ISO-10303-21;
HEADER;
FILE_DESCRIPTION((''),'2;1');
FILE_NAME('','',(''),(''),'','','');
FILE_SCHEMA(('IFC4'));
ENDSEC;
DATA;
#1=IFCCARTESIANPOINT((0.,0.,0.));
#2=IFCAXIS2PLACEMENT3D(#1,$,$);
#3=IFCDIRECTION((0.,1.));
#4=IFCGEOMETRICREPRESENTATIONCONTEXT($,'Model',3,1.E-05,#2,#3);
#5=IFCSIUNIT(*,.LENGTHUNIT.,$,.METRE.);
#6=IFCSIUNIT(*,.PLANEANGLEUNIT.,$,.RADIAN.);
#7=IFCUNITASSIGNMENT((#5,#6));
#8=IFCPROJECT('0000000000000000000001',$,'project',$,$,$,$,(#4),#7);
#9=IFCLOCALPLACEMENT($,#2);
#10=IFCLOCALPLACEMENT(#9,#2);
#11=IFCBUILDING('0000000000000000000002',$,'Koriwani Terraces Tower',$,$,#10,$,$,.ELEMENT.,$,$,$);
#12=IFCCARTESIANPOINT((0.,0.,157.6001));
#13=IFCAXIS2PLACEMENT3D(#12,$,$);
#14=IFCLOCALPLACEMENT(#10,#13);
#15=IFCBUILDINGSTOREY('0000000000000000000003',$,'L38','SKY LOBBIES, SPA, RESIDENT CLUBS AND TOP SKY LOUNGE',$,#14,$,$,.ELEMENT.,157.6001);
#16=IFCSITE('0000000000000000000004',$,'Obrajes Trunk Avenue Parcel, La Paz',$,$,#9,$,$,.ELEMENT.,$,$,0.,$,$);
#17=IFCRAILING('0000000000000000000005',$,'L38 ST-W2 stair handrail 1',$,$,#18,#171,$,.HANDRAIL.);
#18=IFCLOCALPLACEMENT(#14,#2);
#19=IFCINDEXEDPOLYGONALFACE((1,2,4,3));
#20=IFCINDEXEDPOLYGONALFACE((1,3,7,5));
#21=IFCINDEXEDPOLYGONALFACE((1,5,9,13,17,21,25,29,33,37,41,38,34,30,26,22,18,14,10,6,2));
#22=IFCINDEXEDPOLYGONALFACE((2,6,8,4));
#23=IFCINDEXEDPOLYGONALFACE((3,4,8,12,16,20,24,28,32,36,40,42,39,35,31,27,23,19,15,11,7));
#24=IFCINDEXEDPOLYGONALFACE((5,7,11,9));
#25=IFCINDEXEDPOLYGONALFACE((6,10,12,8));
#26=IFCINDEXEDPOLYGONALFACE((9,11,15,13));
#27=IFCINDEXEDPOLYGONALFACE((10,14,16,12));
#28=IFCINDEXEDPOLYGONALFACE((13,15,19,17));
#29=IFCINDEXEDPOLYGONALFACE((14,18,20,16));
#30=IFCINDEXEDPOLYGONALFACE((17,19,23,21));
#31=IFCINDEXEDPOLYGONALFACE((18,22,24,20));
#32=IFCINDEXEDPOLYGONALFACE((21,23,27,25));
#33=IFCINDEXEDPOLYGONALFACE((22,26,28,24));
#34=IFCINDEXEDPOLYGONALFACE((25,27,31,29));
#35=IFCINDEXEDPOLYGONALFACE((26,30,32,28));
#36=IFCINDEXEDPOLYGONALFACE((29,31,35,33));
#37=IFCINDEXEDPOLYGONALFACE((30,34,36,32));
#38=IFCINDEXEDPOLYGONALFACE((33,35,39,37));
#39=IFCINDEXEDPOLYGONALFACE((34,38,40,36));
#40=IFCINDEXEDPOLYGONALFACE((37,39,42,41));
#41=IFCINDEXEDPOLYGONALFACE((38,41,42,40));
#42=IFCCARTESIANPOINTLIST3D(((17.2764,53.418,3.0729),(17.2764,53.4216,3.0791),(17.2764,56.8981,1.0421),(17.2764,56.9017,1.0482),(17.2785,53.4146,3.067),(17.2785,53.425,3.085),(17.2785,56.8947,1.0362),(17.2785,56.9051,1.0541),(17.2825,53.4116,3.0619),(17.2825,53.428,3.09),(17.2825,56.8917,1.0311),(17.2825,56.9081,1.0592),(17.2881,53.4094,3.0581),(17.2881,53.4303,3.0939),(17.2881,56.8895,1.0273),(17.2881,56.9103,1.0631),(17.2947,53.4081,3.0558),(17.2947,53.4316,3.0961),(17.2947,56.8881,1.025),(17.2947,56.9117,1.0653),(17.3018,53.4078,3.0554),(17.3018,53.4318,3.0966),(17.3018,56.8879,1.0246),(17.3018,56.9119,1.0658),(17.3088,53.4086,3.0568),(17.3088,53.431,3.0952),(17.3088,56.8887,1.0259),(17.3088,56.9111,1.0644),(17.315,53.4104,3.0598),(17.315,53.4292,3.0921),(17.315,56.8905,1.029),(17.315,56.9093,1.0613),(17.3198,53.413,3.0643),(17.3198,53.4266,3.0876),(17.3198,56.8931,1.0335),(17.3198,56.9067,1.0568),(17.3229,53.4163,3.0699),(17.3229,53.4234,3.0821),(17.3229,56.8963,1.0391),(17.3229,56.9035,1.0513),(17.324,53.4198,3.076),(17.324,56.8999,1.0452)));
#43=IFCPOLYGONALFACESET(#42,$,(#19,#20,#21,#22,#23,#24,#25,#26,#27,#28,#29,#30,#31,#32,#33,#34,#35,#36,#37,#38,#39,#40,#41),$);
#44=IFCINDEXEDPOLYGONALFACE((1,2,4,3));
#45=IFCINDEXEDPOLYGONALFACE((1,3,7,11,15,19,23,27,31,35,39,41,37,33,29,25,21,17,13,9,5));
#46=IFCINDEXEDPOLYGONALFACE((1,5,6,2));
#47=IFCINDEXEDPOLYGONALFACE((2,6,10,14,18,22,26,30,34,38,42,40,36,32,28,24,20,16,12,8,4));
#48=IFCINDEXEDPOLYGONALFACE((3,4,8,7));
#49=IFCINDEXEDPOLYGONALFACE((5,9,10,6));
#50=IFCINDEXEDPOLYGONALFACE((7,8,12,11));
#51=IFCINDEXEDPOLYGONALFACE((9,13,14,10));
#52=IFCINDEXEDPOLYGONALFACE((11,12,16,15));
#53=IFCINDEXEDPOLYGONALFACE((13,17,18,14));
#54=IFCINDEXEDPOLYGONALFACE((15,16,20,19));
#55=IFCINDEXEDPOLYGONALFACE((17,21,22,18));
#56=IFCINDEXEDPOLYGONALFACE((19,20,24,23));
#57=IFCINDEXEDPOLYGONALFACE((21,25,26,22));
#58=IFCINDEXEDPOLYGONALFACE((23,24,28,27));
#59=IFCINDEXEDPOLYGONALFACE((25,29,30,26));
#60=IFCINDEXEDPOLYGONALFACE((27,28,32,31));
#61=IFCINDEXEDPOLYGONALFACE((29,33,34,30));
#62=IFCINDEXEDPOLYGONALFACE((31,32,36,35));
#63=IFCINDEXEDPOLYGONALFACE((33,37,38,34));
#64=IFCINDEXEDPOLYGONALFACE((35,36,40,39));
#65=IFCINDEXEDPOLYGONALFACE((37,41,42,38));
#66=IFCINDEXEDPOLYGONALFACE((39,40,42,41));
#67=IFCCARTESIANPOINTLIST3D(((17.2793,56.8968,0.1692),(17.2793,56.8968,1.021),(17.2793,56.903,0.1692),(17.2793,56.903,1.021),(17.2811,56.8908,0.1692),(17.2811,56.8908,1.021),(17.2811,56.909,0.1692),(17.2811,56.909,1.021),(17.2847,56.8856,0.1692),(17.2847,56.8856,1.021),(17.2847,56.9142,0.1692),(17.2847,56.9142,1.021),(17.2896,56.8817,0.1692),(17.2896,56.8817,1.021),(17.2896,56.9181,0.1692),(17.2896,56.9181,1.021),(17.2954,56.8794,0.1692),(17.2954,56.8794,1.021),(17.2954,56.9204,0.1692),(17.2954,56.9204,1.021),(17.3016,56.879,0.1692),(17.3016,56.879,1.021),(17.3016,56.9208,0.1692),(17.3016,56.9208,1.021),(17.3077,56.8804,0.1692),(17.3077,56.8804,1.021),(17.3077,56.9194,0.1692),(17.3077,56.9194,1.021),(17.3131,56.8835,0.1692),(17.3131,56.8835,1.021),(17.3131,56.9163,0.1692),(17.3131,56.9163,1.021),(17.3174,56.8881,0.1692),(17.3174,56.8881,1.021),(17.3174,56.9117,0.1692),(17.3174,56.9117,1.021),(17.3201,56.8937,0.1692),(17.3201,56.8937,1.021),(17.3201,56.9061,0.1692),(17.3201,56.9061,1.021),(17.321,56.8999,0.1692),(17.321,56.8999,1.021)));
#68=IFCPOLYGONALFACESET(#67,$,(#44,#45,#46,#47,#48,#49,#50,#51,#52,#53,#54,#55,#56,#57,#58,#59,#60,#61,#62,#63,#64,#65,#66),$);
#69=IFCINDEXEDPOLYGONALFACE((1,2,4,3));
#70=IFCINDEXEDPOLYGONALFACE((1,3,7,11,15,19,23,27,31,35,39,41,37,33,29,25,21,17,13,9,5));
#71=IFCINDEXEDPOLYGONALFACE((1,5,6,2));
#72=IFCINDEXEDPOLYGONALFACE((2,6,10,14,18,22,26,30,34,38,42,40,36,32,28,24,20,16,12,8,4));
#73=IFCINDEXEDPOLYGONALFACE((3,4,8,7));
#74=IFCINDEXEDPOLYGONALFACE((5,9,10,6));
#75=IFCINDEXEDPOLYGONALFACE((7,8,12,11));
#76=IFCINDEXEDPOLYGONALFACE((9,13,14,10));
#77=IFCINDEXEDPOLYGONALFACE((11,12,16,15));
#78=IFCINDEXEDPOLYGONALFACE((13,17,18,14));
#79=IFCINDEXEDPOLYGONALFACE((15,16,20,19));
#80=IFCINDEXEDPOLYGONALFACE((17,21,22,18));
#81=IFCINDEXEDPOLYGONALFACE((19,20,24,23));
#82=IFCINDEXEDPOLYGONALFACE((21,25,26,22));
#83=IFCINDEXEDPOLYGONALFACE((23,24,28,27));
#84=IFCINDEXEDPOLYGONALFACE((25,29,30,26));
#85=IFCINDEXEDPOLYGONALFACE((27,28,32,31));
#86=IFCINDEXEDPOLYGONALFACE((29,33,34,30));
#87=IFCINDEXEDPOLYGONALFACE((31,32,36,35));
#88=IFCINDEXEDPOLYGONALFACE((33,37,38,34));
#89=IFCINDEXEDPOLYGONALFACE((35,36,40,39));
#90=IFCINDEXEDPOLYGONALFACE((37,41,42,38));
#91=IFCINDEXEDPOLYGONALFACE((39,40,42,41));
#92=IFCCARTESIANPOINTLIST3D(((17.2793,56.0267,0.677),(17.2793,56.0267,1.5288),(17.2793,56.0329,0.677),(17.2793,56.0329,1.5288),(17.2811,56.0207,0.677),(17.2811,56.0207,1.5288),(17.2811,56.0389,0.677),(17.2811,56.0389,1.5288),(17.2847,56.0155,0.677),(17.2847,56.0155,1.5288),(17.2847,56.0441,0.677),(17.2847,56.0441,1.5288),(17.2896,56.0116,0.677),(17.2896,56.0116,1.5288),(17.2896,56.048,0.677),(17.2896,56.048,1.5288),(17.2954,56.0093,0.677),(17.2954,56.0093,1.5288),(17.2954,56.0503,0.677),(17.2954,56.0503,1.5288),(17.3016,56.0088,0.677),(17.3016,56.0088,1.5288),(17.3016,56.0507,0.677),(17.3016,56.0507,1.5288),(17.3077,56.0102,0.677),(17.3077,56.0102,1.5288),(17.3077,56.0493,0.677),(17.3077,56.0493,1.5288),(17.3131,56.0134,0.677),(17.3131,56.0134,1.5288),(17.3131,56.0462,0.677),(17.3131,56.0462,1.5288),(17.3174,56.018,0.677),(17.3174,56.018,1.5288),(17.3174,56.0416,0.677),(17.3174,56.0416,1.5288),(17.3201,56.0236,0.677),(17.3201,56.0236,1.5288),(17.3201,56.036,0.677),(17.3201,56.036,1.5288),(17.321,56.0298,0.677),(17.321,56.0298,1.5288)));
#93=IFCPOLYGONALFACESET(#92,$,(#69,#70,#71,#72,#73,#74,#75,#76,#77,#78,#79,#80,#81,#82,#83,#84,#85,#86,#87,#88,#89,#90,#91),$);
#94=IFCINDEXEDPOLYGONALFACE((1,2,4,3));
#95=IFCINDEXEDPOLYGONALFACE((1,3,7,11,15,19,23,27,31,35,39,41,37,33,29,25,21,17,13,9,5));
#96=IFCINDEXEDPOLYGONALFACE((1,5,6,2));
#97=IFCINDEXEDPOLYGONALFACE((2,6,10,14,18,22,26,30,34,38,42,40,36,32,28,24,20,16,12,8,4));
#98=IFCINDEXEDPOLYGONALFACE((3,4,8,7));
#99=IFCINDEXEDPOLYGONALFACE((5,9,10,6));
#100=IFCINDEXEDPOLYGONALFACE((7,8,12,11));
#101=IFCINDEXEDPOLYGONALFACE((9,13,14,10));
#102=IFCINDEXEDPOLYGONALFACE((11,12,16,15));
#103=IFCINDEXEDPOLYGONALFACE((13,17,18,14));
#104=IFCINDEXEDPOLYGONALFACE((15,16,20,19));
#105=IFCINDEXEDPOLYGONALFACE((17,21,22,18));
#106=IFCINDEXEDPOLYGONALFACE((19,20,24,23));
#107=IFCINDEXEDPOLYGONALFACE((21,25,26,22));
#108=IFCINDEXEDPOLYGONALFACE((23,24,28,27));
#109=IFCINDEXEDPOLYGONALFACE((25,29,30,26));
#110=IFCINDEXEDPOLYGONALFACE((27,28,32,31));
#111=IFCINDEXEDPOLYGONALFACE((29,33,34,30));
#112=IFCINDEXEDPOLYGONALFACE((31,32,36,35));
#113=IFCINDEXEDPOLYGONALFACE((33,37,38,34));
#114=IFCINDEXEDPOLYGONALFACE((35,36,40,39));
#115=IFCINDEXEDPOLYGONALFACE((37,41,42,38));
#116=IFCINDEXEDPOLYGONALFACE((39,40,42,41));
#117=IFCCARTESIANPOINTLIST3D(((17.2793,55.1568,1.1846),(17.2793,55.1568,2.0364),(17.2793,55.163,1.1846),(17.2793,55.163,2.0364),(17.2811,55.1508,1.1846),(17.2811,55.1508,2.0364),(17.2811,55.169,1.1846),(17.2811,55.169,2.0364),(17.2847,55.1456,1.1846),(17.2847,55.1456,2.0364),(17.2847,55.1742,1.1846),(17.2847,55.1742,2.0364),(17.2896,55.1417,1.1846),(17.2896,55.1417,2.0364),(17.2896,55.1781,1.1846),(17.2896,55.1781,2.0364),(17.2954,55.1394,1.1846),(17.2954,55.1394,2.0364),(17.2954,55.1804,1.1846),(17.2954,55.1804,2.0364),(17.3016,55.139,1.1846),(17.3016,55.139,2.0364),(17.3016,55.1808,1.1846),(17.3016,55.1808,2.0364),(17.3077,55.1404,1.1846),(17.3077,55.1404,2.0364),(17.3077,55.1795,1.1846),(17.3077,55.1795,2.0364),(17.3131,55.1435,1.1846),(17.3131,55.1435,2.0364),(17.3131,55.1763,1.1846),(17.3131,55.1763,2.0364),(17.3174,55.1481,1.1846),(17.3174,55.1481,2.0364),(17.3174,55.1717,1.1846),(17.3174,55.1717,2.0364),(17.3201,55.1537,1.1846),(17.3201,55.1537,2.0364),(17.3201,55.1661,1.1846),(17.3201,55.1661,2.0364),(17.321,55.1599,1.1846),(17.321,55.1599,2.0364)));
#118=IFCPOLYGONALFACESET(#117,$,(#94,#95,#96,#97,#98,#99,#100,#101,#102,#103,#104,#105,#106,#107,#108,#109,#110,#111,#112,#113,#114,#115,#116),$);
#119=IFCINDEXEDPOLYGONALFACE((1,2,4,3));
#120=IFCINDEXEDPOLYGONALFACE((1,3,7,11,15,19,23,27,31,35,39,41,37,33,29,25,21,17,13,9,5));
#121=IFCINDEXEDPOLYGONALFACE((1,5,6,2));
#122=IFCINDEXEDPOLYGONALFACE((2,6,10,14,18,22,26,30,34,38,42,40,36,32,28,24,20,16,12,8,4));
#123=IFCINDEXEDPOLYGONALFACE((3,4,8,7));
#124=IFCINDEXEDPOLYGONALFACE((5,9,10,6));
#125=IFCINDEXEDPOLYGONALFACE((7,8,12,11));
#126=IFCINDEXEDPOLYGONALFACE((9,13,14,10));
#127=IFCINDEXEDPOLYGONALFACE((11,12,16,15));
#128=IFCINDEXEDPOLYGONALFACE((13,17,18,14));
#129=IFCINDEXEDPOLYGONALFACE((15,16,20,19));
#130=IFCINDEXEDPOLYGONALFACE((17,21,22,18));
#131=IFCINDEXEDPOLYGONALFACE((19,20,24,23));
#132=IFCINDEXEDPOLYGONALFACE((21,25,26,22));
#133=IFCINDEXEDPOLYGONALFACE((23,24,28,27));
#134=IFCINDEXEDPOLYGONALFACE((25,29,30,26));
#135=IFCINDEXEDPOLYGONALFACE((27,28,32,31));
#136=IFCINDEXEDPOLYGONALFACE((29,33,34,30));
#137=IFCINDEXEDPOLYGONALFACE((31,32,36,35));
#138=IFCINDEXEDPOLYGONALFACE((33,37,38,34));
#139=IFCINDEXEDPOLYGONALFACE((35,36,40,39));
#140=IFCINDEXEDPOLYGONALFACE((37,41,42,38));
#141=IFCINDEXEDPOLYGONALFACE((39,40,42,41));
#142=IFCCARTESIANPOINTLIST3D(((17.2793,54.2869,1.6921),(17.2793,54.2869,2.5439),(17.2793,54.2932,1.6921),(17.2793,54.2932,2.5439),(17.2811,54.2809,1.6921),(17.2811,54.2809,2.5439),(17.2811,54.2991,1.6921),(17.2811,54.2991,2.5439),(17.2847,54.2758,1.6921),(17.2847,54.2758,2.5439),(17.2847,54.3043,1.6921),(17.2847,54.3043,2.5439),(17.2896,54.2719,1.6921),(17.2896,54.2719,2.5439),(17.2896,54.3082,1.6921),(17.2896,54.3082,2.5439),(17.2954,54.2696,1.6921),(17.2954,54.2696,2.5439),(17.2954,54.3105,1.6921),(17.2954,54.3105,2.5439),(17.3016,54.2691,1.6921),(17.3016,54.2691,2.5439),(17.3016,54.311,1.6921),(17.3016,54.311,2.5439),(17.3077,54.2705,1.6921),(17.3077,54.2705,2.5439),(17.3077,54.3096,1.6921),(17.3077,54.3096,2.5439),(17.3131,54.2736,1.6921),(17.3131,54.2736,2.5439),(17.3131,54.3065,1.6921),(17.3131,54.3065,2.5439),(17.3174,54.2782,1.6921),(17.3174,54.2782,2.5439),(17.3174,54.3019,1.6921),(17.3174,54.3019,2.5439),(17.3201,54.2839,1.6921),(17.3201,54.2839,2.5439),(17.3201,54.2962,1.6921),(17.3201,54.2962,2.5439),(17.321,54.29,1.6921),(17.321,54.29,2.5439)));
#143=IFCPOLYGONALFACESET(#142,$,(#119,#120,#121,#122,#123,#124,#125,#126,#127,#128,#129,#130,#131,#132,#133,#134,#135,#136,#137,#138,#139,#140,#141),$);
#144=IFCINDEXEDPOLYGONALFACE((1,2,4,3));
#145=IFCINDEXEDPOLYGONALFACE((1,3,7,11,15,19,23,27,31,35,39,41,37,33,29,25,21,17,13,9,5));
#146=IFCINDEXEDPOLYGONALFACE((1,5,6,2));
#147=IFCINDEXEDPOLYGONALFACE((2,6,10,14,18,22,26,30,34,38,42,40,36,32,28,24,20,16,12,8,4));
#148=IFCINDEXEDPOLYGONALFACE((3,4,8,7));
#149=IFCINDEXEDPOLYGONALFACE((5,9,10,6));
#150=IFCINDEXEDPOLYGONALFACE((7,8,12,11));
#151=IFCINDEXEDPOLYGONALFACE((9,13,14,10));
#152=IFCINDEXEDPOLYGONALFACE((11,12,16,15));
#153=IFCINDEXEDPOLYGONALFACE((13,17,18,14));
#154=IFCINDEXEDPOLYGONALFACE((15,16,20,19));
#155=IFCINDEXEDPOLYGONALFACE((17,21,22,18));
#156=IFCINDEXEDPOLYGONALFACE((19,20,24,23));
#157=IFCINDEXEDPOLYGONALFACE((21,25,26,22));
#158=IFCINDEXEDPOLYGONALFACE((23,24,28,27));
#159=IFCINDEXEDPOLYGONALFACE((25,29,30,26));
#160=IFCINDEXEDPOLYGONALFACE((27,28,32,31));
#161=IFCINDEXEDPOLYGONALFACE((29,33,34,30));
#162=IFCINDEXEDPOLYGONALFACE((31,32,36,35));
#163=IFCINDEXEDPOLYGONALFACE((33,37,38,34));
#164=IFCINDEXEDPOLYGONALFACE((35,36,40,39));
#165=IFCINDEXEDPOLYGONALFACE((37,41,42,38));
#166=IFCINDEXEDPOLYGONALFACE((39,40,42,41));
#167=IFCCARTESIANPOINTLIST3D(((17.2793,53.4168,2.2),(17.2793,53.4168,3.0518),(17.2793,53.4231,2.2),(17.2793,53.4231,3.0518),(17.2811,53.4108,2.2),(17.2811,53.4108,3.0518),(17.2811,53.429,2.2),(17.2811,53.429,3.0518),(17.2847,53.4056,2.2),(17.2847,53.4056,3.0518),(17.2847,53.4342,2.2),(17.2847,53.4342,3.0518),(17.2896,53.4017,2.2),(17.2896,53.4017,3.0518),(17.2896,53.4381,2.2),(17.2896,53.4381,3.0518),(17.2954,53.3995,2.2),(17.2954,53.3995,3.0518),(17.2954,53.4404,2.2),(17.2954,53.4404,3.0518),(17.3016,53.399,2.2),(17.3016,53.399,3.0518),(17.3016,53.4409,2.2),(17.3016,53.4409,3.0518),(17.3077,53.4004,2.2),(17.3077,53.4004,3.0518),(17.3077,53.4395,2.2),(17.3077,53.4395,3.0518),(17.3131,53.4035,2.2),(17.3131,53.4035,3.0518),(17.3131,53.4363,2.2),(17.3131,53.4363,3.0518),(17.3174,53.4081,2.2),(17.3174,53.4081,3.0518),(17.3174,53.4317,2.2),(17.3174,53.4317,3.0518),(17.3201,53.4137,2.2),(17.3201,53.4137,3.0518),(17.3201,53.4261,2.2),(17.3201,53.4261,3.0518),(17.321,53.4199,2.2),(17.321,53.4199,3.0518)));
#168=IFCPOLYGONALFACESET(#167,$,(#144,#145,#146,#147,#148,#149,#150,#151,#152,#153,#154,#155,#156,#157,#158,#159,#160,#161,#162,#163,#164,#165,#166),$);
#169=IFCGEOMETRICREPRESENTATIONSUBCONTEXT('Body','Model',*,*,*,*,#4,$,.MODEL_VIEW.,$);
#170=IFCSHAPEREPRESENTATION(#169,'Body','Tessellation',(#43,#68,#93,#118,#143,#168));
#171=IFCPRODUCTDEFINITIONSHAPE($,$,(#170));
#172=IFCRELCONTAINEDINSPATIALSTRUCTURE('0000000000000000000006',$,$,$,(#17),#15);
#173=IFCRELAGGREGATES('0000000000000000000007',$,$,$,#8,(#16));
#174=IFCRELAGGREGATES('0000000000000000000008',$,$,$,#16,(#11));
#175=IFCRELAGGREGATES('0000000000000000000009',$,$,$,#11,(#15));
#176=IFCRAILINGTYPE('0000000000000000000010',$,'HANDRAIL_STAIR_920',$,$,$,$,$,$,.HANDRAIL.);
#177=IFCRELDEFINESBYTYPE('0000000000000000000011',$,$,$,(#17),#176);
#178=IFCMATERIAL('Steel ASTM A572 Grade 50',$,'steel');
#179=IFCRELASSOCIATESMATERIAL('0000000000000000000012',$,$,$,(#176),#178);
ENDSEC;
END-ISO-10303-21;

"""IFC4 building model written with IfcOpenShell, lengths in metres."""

from ifc_helpers import new_model, si_unit, direction, frame, origin, origin_2d, place, context, subcontext, project, spatial, circle, extrude, material, type_object, element, save


model = new_model("IFC4")

# Units and contexts
model_context = context("Model", 3, precision=1e-05, world=origin(), true_north=direction((0.0, 1.0)))
body_context = subcontext(model_context, "Body", "Model", "MODEL_VIEW")
ifc_project = project(units=[si_unit("LENGTHUNIT", "METRE"), si_unit("PLANEANGLEUNIT", "RADIAN")], contexts=[model_context])

# Site, building, storey
site_placement = place(None, origin())
site = spatial("IfcSite", under=ifc_project, at=site_placement, Name="Obrajes Trunk Avenue Parcel, La Paz", CompositionType="ELEMENT", RefElevation=0.0)
building_placement = place(site_placement, origin())
building = spatial("IfcBuilding", under=site, at=building_placement, Name="Koriwani Terraces Tower", CompositionType="ELEMENT")
storey_placement = place(building_placement, frame((0.0, 0.0, 157.6001)))
storey = spatial("IfcBuildingStorey", under=building, at=storey_placement, Name="L38", Description="SKY LOBBIES, SPA, RESIDENT CLUBS AND TOP SKY LOUNGE", CompositionType="ELEMENT", Elevation=157.6001)

# Shared definitions
ifc_material_1 = material(Name="Steel ASTM A572 Grade 50", Category="steel")

# Railing
railing_type_1 = type_object("IfcRailingType", Name="HANDRAIL_STAIR_920", PredefinedType="HANDRAIL", material=ifc_material_1)
railing_placement = place(storey_placement, frame((17.3, 56.8999, 0.1692)))
element("IfcRailing", 1, at=railing_placement, inside=storey, type_object=railing_type_1, Name="L38 ST-W2 stair handrail 1", PredefinedType="HANDRAIL", context=body_context, shape_type="SweptSolid", body=[
    extrude(circle(Radius=0.0239, at=origin_2d()), frame((0.0, 0.0, 0.876), z_axis=(0.0, -0.863695, 0.504014), x_axis=(1.0, 0.0, 0.0)), (0.0, 0.0, 1.0), 4.0293),
    extrude(circle(Radius=0.021, at=origin_2d()), origin(), (0.0, 0.0, 1.0), 0.8518),
    extrude(circle(Radius=0.021, at=origin_2d()), frame((0.0, -0.8701, 0.5078)), (0.0, 0.0, 1.0), 0.8518),
    extrude(circle(Radius=0.021, at=origin_2d()), frame((0.0, -1.74, 1.0154)), (0.0, 0.0, 1.0), 0.8518),
    extrude(circle(Radius=0.021, at=origin_2d()), frame((0.0, -2.6099, 1.5229)), (0.0, 0.0, 1.0), 0.8518),
    extrude(circle(Radius=0.021, at=origin_2d()), frame((0.0, -3.48, 2.0308)), (0.0, 0.0, 1.0), 0.8518),
])

save(model, "model.ifc")
